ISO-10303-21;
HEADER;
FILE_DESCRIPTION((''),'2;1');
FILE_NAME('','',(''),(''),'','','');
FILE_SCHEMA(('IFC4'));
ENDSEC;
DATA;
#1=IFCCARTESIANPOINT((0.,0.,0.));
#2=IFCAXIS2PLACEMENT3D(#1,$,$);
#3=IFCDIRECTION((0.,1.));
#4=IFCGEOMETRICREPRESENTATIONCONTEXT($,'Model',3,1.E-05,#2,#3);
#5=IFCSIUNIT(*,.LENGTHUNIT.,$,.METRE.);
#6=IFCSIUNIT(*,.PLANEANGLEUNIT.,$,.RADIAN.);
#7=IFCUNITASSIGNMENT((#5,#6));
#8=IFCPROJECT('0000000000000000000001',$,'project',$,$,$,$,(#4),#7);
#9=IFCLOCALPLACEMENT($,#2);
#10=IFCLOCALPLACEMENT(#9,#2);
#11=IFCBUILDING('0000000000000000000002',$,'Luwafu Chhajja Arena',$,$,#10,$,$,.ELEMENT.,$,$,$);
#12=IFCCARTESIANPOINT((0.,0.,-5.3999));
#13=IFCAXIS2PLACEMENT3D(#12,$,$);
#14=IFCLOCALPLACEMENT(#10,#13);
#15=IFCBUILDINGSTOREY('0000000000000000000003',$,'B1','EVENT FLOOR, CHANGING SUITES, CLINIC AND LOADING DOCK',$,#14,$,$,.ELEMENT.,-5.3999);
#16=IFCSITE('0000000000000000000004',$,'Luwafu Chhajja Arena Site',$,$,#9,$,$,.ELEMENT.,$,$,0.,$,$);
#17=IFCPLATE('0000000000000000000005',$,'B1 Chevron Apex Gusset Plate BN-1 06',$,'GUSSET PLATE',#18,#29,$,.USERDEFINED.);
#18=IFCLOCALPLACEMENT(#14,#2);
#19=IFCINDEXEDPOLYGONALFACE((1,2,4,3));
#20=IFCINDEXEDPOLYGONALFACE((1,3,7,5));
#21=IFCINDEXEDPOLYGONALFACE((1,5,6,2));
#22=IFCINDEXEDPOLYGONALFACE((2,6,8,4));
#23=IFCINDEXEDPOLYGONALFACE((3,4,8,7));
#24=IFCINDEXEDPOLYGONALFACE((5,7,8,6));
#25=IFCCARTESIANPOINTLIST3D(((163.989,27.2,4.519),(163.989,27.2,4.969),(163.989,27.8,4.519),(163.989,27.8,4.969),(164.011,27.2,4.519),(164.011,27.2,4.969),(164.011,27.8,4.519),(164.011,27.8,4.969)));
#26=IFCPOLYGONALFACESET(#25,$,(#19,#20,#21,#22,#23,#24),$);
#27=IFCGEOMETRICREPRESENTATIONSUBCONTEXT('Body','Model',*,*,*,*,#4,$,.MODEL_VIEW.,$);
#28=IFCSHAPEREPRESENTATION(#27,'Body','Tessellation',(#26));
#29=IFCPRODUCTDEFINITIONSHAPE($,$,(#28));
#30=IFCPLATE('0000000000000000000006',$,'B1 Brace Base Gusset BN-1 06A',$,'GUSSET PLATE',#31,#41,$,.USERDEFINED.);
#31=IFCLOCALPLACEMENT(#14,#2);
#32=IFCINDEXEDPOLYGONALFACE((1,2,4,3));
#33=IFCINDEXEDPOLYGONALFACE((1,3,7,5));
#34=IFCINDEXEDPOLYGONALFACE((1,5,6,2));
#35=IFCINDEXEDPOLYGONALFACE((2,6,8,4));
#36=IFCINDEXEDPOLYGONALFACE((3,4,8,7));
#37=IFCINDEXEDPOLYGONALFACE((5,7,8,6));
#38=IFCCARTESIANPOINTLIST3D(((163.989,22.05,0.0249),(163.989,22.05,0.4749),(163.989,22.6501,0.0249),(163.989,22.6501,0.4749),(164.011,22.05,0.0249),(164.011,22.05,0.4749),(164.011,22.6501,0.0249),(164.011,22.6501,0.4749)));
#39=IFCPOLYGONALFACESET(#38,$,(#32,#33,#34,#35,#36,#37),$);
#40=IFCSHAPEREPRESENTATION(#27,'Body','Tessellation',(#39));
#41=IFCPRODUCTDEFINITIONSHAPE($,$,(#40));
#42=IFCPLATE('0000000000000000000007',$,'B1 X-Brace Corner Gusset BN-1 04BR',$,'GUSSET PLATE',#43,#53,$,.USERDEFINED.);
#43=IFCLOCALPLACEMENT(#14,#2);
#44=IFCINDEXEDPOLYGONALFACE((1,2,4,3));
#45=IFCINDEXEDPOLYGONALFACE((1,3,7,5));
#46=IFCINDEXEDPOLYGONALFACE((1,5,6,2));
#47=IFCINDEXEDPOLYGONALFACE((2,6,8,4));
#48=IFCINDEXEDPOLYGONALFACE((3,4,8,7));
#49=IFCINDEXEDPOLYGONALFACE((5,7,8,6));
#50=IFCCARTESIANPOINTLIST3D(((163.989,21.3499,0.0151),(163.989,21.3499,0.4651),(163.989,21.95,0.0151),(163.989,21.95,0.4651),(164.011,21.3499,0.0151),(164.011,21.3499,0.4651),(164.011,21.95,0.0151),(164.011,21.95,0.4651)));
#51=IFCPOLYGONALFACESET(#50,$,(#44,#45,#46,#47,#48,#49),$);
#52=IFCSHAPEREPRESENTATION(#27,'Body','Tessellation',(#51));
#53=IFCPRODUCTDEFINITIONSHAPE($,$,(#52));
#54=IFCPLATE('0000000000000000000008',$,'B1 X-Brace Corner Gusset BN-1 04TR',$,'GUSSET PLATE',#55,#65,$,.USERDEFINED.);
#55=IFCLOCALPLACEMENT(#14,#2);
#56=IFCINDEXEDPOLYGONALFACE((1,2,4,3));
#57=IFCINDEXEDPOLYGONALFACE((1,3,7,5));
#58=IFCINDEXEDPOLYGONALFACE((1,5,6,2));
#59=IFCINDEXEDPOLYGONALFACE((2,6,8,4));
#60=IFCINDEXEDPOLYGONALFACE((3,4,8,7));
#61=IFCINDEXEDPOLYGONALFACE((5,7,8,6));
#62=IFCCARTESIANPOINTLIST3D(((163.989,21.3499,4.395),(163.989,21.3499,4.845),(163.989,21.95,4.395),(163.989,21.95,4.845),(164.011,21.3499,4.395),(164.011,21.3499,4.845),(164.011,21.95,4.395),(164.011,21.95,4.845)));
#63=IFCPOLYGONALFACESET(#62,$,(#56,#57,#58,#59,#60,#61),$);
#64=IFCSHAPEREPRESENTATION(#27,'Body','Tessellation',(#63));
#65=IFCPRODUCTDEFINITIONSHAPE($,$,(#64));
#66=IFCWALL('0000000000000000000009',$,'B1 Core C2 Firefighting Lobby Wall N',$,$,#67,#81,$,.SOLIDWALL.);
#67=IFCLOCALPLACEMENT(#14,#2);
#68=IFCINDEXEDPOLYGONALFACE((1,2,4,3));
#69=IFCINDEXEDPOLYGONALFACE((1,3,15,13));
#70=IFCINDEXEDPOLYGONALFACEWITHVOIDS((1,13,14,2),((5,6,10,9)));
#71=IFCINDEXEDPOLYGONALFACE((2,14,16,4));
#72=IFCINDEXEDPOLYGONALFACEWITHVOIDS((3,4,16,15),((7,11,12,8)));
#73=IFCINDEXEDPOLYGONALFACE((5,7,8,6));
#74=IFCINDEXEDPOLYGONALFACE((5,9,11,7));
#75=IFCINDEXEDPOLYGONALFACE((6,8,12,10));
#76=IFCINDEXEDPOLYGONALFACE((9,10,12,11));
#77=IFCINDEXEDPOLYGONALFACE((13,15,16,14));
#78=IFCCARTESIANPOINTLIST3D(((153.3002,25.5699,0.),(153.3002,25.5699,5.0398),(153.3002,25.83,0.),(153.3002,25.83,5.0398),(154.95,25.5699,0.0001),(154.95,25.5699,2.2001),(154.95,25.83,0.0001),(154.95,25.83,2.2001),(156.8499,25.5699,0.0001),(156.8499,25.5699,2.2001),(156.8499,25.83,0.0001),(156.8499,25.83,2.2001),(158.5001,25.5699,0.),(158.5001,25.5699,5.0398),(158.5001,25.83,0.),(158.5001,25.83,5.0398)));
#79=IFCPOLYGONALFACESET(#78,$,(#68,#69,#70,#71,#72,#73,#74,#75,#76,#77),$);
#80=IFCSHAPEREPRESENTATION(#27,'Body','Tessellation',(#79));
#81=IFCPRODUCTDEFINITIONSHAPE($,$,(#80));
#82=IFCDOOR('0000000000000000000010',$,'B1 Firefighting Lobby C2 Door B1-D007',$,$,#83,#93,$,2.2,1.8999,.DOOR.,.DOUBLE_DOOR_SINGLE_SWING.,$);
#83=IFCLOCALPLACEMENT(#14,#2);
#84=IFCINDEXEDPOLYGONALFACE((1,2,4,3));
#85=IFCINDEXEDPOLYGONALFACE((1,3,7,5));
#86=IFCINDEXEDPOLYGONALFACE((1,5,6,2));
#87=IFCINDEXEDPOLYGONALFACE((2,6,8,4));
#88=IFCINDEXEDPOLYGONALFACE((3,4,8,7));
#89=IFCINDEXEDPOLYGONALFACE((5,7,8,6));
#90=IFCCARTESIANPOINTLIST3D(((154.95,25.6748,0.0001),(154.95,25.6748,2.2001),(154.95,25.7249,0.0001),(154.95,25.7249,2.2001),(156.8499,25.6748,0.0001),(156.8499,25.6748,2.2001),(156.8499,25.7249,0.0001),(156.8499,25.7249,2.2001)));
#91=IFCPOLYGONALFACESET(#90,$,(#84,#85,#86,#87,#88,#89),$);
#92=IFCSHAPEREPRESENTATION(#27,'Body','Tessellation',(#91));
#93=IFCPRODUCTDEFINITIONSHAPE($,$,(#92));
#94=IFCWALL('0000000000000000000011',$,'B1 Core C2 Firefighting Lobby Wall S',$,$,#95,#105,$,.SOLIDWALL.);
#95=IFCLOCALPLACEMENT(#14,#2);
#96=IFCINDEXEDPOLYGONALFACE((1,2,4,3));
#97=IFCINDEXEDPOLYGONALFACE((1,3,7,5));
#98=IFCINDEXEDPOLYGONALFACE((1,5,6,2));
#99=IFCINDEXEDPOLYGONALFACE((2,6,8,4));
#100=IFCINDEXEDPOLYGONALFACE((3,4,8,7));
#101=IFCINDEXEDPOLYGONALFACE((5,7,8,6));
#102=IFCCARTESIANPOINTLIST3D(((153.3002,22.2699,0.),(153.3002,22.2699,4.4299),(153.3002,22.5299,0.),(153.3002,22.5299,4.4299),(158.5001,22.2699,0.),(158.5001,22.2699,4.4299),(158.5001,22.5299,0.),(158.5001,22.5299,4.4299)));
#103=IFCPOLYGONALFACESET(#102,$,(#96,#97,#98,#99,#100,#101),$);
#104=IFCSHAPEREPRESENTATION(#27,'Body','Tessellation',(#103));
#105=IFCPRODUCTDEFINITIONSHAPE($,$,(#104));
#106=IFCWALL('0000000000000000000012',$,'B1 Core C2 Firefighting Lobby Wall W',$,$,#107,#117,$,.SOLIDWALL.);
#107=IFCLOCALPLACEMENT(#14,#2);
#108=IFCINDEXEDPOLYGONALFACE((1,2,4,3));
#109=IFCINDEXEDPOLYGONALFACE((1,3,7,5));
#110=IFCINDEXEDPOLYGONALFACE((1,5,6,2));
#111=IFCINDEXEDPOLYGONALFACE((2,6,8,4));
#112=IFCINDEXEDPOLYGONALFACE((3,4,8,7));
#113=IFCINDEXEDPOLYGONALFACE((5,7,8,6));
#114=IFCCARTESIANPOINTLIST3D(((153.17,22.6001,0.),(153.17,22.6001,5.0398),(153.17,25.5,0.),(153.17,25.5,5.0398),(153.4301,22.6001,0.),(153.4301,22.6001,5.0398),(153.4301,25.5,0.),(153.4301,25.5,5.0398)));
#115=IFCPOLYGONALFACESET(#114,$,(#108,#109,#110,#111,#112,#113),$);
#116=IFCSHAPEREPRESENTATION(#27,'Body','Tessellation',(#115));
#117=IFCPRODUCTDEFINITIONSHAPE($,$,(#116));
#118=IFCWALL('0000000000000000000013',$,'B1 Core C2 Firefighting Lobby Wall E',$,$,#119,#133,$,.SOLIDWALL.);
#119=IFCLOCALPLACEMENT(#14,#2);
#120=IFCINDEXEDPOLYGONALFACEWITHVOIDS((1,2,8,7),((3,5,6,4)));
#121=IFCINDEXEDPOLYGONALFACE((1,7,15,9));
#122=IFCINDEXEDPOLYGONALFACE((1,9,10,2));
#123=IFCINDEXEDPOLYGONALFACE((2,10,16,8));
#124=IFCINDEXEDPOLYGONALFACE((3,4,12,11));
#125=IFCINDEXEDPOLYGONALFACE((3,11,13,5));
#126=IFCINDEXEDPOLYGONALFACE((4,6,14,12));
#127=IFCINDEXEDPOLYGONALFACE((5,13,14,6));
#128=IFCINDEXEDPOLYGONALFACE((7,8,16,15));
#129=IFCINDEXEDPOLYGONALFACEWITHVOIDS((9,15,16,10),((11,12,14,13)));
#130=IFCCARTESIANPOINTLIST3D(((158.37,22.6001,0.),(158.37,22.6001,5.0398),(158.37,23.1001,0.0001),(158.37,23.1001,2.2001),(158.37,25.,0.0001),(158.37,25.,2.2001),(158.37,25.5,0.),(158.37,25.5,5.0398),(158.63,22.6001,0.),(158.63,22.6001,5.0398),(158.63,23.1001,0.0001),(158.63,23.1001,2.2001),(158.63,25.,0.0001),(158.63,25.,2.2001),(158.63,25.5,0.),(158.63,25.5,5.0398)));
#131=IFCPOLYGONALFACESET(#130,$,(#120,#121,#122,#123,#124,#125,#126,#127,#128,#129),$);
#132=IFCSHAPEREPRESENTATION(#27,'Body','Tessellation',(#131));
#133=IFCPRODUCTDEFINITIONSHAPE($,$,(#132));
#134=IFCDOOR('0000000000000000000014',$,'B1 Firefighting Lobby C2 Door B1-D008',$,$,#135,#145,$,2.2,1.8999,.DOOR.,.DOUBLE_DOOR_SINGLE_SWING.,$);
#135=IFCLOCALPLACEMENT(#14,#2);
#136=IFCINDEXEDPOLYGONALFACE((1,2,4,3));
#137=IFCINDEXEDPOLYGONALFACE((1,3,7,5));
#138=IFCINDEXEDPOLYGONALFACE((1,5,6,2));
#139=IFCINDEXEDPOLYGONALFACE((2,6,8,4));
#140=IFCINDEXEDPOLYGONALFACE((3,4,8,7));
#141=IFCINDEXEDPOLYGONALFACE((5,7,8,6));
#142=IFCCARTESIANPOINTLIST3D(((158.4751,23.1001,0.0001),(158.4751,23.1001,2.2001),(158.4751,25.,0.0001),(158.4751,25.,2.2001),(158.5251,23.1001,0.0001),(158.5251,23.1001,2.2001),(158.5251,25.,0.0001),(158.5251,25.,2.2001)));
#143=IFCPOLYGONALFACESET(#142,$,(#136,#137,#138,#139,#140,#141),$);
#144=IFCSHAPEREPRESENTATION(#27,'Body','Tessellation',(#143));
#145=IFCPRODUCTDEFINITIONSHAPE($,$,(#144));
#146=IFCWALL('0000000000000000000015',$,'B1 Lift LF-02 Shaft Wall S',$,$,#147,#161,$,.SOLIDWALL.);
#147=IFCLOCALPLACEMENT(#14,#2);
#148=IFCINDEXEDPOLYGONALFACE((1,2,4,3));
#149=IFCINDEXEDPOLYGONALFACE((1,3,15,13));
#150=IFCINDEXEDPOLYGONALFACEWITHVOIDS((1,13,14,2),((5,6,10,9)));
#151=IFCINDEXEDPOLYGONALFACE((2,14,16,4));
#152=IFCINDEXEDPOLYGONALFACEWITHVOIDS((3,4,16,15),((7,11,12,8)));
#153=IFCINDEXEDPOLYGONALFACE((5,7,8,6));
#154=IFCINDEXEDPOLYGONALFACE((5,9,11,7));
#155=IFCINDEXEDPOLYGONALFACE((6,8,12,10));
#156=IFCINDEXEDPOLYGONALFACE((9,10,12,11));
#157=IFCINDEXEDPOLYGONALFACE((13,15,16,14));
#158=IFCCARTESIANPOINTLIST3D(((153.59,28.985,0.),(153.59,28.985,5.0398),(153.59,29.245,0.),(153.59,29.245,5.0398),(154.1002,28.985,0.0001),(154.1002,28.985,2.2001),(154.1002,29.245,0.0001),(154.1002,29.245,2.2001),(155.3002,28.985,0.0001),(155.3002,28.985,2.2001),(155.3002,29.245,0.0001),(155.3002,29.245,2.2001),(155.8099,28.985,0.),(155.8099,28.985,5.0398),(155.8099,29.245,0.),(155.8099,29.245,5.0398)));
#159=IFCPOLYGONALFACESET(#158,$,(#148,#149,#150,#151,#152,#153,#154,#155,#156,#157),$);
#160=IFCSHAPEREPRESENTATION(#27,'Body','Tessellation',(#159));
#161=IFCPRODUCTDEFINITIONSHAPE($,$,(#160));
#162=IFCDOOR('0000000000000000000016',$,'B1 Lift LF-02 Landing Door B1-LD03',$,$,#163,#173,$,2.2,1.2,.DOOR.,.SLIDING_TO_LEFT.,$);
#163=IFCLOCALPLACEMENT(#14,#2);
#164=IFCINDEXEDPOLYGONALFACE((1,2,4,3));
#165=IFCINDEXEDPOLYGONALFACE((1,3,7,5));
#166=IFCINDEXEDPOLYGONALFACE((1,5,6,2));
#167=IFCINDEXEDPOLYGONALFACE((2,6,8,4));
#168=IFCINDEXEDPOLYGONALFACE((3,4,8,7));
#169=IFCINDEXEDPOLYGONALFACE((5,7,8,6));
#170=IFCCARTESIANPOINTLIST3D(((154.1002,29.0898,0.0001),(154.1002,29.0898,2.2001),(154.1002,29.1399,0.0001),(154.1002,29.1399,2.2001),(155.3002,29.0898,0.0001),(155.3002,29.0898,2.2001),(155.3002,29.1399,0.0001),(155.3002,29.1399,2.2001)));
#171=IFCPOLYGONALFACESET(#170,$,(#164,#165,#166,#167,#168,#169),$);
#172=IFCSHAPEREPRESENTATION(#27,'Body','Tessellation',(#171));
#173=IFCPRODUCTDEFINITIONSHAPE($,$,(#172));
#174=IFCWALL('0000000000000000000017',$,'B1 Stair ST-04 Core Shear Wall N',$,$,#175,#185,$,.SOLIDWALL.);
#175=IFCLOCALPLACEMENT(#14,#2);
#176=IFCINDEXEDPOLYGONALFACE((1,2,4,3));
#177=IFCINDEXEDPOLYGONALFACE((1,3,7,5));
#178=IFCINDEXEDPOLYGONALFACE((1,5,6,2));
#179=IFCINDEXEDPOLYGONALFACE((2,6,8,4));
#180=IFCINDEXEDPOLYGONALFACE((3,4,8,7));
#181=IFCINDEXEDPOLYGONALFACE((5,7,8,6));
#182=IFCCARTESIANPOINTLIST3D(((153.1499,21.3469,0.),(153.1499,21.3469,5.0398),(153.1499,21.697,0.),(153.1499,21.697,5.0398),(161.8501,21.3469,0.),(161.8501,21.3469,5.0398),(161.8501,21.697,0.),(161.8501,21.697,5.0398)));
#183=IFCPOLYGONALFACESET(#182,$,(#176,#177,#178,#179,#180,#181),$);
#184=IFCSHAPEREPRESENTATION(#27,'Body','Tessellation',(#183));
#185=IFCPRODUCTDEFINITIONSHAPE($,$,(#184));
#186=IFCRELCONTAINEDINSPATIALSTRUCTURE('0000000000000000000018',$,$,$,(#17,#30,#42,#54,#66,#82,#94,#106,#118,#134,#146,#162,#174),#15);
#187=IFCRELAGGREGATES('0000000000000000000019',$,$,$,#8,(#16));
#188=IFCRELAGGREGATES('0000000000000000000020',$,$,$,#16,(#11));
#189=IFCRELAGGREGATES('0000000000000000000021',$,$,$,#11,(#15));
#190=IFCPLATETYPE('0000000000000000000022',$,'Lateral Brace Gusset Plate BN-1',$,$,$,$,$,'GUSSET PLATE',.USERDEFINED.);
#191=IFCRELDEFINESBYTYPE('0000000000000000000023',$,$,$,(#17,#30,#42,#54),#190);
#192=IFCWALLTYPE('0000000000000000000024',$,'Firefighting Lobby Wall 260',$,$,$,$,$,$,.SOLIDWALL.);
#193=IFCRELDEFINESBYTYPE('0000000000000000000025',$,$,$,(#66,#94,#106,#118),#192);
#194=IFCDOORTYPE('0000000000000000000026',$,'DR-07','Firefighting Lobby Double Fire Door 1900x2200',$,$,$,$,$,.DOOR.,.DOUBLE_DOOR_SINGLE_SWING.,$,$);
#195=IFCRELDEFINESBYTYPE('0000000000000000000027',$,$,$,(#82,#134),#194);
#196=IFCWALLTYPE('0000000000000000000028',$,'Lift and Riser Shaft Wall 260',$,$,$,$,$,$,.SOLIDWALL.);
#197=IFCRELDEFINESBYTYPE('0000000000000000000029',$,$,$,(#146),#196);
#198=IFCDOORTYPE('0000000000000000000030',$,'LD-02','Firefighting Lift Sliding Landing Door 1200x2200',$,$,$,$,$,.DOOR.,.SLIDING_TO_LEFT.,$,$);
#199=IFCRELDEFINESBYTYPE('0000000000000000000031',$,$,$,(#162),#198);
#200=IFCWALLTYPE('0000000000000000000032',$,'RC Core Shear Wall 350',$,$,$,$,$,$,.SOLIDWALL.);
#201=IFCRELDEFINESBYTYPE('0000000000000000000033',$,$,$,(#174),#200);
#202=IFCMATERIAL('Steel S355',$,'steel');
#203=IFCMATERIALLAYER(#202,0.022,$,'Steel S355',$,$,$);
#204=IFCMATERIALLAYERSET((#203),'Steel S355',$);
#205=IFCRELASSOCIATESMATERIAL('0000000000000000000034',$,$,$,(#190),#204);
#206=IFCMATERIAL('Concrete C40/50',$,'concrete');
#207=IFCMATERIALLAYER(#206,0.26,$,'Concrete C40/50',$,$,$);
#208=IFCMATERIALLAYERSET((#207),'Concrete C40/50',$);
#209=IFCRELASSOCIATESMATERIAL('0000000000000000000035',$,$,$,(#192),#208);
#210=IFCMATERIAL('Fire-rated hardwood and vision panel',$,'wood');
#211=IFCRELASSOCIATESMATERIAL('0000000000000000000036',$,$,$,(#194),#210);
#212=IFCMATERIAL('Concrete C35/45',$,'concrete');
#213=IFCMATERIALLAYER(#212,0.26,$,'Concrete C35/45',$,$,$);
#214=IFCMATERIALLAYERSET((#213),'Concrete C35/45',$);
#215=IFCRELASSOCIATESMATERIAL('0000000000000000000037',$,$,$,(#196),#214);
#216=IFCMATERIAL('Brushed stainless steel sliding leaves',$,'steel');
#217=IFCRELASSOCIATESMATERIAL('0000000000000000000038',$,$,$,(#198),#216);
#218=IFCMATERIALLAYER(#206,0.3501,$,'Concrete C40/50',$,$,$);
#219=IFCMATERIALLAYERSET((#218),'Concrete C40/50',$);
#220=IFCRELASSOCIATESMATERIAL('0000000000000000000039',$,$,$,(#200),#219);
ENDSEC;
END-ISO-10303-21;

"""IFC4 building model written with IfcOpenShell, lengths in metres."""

from ifc_helpers import new_model, si_unit, direction, frame, frame_2d, origin, origin_2d, place, context, subcontext, project, spatial, rectangle, extrude, material, layer, layer_set, type_object, element, fill, save


model = new_model("IFC4")

# Units and contexts
model_context = context("Model", 3, precision=1e-05, world=origin(), true_north=direction((0.0, 1.0)))
body_context = subcontext(model_context, "Body", "Model", "MODEL_VIEW")
ifc_project = project(units=[si_unit("LENGTHUNIT", "METRE"), si_unit("PLANEANGLEUNIT", "RADIAN")], contexts=[model_context])

# Site, building, storey
site_placement = place(None, origin())
site = spatial("IfcSite", under=ifc_project, at=site_placement, Name="Luwafu Chhajja Arena Site", CompositionType="ELEMENT", RefElevation=0.0)
building_placement = place(site_placement, origin())
building = spatial("IfcBuilding", under=site, at=building_placement, Name="Luwafu Chhajja Arena", CompositionType="ELEMENT")
storey_placement = place(building_placement, frame((0.0, 0.0, -5.3999)))
storey = spatial("IfcBuildingStorey", under=building, at=storey_placement, Name="B1", Description="EVENT FLOOR, CHANGING SUITES, CLINIC AND LOADING DOCK", CompositionType="ELEMENT", Elevation=-5.3999)

# Shared definitions
ifc_material_1 = material(Name="Concrete C35/45", Category="concrete")

# Shared definitions
ifc_material_2 = material(Name="Steel S355", Category="steel")

# Plates
ifc_layer_1 = layer(ifc_material_2, 0.022, Name="Steel S355")
ifc_layer_set_1 = layer_set([ifc_layer_1], Name="Steel S355")
plate_type = type_object("IfcPlateType", Name="Lateral Brace Gusset Plate BN-1", ElementType="GUSSET PLATE", PredefinedType="USERDEFINED", material=ifc_layer_set_1)
for number, where, z_axis, x_axis, name in (
    (1, (164.0, 27.5, 4.519), (0.0, 0.0, 1.0), (1.0, 0.0, 0.0), "B1 Chevron Apex Gusset Plate BN-1 06"),
    (2, (164.0, 22.3501, 0.0249), (0.0, 0.0, 1.0), (1.0, 0.0, 0.0), "B1 Brace Base Gusset BN-1 06A"),
    (3, (164.0, 21.6499, 0.0151), (0.0, 0.0, 1.0), (1.0, 0.0, 0.0), "B1 X-Brace Corner Gusset BN-1 04BR"),
    (4, (164.0, 21.6499, 4.395), (0.0, 0.0, 1.0), (1.0, 0.0, 0.0), "B1 X-Brace Corner Gusset BN-1 04TR"),
):
    element("IfcPlate", number, at=place(storey_placement, frame(where, z_axis=z_axis, x_axis=x_axis)), inside=storey, type_object=plate_type, Name=name, ObjectType="GUSSET PLATE", PredefinedType="USERDEFINED", context=body_context, shape_type="SweptSolid", body=[
        extrude(rectangle(XDim=0.022, YDim=0.6001, at=origin_2d()), origin(), (0.0, 0.0, 1.0), 0.45),
    ])

# Wall, opening, door
ifc_material_3 = material(Name="Concrete C40/50", Category="concrete")
ifc_layer_2 = layer(ifc_material_3, 0.26, Name="Concrete C40/50")
ifc_layer_set_2 = layer_set([ifc_layer_2], Name="Concrete C40/50")
wall_type_1 = type_object("IfcWallType", Name="Firefighting Lobby Wall 260", PredefinedType="SOLIDWALL", material=ifc_layer_set_2)
wall_1_placement = place(storey_placement, frame((153.3, 25.7, 0.0), z_axis=(0.0, 0.0, 1.0), x_axis=(1.0, 0.0, 0.0)))
wall_1 = element("IfcWall", 5, at=wall_1_placement, inside=storey, type_object=wall_type_1, Name="B1 Core C2 Firefighting Lobby Wall N", PredefinedType="SOLIDWALL", context=body_context, shape_type="SweptSolid", body=[
    extrude(rectangle(XDim=5.2, YDim=0.26, at=frame_2d((2.6001, 0.0))), origin(), (0.0, 0.0, 1.0), 5.0398),
])
opening_1_placement = place(wall_1_placement, frame((1.6499, 0.0, 0.0)))
opening_1 = element("IfcOpeningElement", 6, at=opening_1_placement, cuts=wall_1, PredefinedType="OPENING", context=body_context, shape_type="SweptSolid", body=[
    extrude(rectangle(XDim=1.8999, YDim=2.2, at=frame_2d((0.95, 1.1001))), frame((0.0, 0.1399, 0.0), z_axis=(0.0, -1.0, 0.0), x_axis=(1.0, 0.0, 0.0)), (0.0, 0.0, 1.0), 0.28),
])
ifc_material_4 = material(Name="Fire-rated hardwood and vision panel", Category="wood")
door_type_1 = type_object("IfcDoorType", Name="DR-07", Description="Firefighting Lobby Double Fire Door 1900x2200", OperationType="DOUBLE_DOOR_SINGLE_SWING", PredefinedType="DOOR", material=ifc_material_4)
door_1_placement = place(opening_1_placement, origin())
door_1 = element("IfcDoor", 7, at=door_1_placement, inside=storey, type_object=door_type_1, Name="B1 Firefighting Lobby C2 Door B1-D007", OperationType="DOUBLE_DOOR_SINGLE_SWING", OverallHeight=2.2, OverallWidth=1.8999, PredefinedType="DOOR", context=body_context, shape_type="SweptSolid", body=[
    extrude(rectangle(XDim=1.8999, YDim=2.2, at=frame_2d((0.95, 1.1001))), frame((0.0, 0.0249, 0.0), z_axis=(0.0, -1.0, 0.0), x_axis=(1.0, 0.0, 0.0)), (0.0, 0.0, 1.0), 0.05),
])
fill(opening_1, door_1)

# Walls
wall_2_placement = place(storey_placement, frame((153.3, 22.3999, 0.0), z_axis=(0.0, 0.0, 1.0), x_axis=(1.0, 0.0, 0.0)))
element("IfcWall", 8, at=wall_2_placement, inside=storey, type_object=wall_type_1, Name="B1 Core C2 Firefighting Lobby Wall S", PredefinedType="SOLIDWALL", context=body_context, shape_type="SweptSolid", body=[
    extrude(rectangle(XDim=5.2, YDim=0.26, at=frame_2d((2.6001, 0.0))), origin(), (0.0, 0.0, 1.0), 4.4299),
])
wall_3_placement = place(storey_placement, frame((153.3, 22.6001, 0.0), z_axis=(0.0, 0.0, 1.0), x_axis=(0.0, 1.0, 0.0)))
element("IfcWall", 9, at=wall_3_placement, inside=storey, type_object=wall_type_1, Name="B1 Core C2 Firefighting Lobby Wall W", PredefinedType="SOLIDWALL", context=body_context, shape_type="SweptSolid", body=[
    extrude(rectangle(XDim=2.8999, YDim=0.26, at=frame_2d((1.45, 0.0))), origin(), (0.0, 0.0, 1.0), 5.0398),
])

# Walls, openings, doors
wall_4_placement = place(storey_placement, frame((158.5, 22.6001, 0.0), z_axis=(0.0, 0.0, 1.0), x_axis=(0.0, 1.0, 0.0)))
wall_4 = element("IfcWall", 10, at=wall_4_placement, inside=storey, type_object=wall_type_1, Name="B1 Core C2 Firefighting Lobby Wall E", PredefinedType="SOLIDWALL", context=body_context, shape_type="SweptSolid", body=[
    extrude(rectangle(XDim=2.8999, YDim=0.26, at=frame_2d((1.45, 0.0))), origin(), (0.0, 0.0, 1.0), 5.0398),
])
opening_2_placement = place(wall_4_placement, frame((0.5, 0.0, 0.0)))
opening_2 = element("IfcOpeningElement", 11, at=opening_2_placement, cuts=wall_4, PredefinedType="OPENING", context=body_context, shape_type="SweptSolid", body=[
    extrude(rectangle(XDim=1.8999, YDim=2.2, at=frame_2d((0.95, 1.1001))), frame((0.0, 0.1399, 0.0), z_axis=(0.0, -1.0, 0.0), x_axis=(1.0, 0.0, 0.0)), (0.0, 0.0, 1.0), 0.28),
])
door_2_placement = place(opening_2_placement, origin())
door_2 = element("IfcDoor", 12, at=door_2_placement, inside=storey, type_object=door_type_1, Name="B1 Firefighting Lobby C2 Door B1-D008", OperationType="DOUBLE_DOOR_SINGLE_SWING", OverallHeight=2.2, OverallWidth=1.8999, PredefinedType="DOOR", context=body_context, shape_type="SweptSolid", body=[
    extrude(rectangle(XDim=1.8999, YDim=2.2, at=frame_2d((0.95, 1.1001))), frame((0.0, 0.0249, 0.0), z_axis=(0.0, -1.0, 0.0), x_axis=(1.0, 0.0, 0.0)), (0.0, 0.0, 1.0), 0.05),
])
fill(opening_2, door_2)
ifc_layer_3 = layer(ifc_material_1, 0.26, Name="Concrete C35/45")
ifc_layer_set_3 = layer_set([ifc_layer_3], Name="Concrete C35/45")
wall_type_2 = type_object("IfcWallType", Name="Lift and Riser Shaft Wall 260", PredefinedType="SOLIDWALL", material=ifc_layer_set_3)
wall_5_placement = place(storey_placement, frame((153.5901, 29.115, 0.0), z_axis=(0.0, 0.0, 1.0), x_axis=(1.0, 0.0, 0.0)))
wall_5 = element("IfcWall", 13, at=wall_5_placement, inside=storey, type_object=wall_type_2, Name="B1 Lift LF-02 Shaft Wall S", PredefinedType="SOLIDWALL", context=body_context, shape_type="SweptSolid", body=[
    extrude(rectangle(XDim=2.22, YDim=0.26, at=frame_2d((1.1099, 0.0))), origin(), (0.0, 0.0, 1.0), 5.0398),
])
opening_3_placement = place(wall_5_placement, frame((0.51, 0.0, 0.0)))
opening_3 = element("IfcOpeningElement", 14, at=opening_3_placement, cuts=wall_5, PredefinedType="OPENING", context=body_context, shape_type="SweptSolid", body=[
    extrude(rectangle(XDim=1.2, YDim=2.2, at=frame_2d((0.6001, 1.1001))), frame((0.0, 0.1399, 0.0), z_axis=(0.0, -1.0, 0.0), x_axis=(1.0, 0.0, 0.0)), (0.0, 0.0, 1.0), 0.28),
])
ifc_material_5 = material(Name="Brushed stainless steel sliding leaves", Category="steel")
door_type_2 = type_object("IfcDoorType", Name="LD-02", Description="Firefighting Lift Sliding Landing Door 1200x2200", OperationType="SLIDING_TO_LEFT", PredefinedType="DOOR", material=ifc_material_5)
door_3_placement = place(opening_3_placement, origin())
door_3 = element("IfcDoor", 15, at=door_3_placement, inside=storey, type_object=door_type_2, Name="B1 Lift LF-02 Landing Door B1-LD03", OperationType="SLIDING_TO_LEFT", OverallHeight=2.2, OverallWidth=1.2, PredefinedType="DOOR", context=body_context, shape_type="SweptSolid", body=[
    extrude(rectangle(XDim=1.2, YDim=2.2, at=frame_2d((0.6001, 1.1001))), frame((0.0, 0.0249, 0.0), z_axis=(0.0, -1.0, 0.0), x_axis=(1.0, 0.0, 0.0)), (0.0, 0.0, 1.0), 0.05),
])
fill(opening_3, door_3)

# Wall
ifc_layer_4 = layer(ifc_material_3, 0.3501, Name="Concrete C40/50")
ifc_layer_set_4 = layer_set([ifc_layer_4], Name="Concrete C40/50")
wall_type_3 = type_object("IfcWallType", Name="RC Core Shear Wall 350", PredefinedType="SOLIDWALL", material=ifc_layer_set_4)
wall_6_placement = place(storey_placement, frame((153.1499, 21.522, 0.0), z_axis=(0.0, 0.0, 1.0), x_axis=(1.0, 0.0, 0.0)))
element("IfcWall", 16, at=wall_6_placement, inside=storey, type_object=wall_type_3, Name="B1 Stair ST-04 Core Shear Wall N", PredefinedType="SOLIDWALL", context=body_context, shape_type="SweptSolid", body=[
    extrude(rectangle(XDim=8.7002, YDim=0.3501, at=frame_2d((4.3501, 0.0))), origin(), (0.0, 0.0, 1.0), 5.0398),
])

save(model, "model.ifc")
